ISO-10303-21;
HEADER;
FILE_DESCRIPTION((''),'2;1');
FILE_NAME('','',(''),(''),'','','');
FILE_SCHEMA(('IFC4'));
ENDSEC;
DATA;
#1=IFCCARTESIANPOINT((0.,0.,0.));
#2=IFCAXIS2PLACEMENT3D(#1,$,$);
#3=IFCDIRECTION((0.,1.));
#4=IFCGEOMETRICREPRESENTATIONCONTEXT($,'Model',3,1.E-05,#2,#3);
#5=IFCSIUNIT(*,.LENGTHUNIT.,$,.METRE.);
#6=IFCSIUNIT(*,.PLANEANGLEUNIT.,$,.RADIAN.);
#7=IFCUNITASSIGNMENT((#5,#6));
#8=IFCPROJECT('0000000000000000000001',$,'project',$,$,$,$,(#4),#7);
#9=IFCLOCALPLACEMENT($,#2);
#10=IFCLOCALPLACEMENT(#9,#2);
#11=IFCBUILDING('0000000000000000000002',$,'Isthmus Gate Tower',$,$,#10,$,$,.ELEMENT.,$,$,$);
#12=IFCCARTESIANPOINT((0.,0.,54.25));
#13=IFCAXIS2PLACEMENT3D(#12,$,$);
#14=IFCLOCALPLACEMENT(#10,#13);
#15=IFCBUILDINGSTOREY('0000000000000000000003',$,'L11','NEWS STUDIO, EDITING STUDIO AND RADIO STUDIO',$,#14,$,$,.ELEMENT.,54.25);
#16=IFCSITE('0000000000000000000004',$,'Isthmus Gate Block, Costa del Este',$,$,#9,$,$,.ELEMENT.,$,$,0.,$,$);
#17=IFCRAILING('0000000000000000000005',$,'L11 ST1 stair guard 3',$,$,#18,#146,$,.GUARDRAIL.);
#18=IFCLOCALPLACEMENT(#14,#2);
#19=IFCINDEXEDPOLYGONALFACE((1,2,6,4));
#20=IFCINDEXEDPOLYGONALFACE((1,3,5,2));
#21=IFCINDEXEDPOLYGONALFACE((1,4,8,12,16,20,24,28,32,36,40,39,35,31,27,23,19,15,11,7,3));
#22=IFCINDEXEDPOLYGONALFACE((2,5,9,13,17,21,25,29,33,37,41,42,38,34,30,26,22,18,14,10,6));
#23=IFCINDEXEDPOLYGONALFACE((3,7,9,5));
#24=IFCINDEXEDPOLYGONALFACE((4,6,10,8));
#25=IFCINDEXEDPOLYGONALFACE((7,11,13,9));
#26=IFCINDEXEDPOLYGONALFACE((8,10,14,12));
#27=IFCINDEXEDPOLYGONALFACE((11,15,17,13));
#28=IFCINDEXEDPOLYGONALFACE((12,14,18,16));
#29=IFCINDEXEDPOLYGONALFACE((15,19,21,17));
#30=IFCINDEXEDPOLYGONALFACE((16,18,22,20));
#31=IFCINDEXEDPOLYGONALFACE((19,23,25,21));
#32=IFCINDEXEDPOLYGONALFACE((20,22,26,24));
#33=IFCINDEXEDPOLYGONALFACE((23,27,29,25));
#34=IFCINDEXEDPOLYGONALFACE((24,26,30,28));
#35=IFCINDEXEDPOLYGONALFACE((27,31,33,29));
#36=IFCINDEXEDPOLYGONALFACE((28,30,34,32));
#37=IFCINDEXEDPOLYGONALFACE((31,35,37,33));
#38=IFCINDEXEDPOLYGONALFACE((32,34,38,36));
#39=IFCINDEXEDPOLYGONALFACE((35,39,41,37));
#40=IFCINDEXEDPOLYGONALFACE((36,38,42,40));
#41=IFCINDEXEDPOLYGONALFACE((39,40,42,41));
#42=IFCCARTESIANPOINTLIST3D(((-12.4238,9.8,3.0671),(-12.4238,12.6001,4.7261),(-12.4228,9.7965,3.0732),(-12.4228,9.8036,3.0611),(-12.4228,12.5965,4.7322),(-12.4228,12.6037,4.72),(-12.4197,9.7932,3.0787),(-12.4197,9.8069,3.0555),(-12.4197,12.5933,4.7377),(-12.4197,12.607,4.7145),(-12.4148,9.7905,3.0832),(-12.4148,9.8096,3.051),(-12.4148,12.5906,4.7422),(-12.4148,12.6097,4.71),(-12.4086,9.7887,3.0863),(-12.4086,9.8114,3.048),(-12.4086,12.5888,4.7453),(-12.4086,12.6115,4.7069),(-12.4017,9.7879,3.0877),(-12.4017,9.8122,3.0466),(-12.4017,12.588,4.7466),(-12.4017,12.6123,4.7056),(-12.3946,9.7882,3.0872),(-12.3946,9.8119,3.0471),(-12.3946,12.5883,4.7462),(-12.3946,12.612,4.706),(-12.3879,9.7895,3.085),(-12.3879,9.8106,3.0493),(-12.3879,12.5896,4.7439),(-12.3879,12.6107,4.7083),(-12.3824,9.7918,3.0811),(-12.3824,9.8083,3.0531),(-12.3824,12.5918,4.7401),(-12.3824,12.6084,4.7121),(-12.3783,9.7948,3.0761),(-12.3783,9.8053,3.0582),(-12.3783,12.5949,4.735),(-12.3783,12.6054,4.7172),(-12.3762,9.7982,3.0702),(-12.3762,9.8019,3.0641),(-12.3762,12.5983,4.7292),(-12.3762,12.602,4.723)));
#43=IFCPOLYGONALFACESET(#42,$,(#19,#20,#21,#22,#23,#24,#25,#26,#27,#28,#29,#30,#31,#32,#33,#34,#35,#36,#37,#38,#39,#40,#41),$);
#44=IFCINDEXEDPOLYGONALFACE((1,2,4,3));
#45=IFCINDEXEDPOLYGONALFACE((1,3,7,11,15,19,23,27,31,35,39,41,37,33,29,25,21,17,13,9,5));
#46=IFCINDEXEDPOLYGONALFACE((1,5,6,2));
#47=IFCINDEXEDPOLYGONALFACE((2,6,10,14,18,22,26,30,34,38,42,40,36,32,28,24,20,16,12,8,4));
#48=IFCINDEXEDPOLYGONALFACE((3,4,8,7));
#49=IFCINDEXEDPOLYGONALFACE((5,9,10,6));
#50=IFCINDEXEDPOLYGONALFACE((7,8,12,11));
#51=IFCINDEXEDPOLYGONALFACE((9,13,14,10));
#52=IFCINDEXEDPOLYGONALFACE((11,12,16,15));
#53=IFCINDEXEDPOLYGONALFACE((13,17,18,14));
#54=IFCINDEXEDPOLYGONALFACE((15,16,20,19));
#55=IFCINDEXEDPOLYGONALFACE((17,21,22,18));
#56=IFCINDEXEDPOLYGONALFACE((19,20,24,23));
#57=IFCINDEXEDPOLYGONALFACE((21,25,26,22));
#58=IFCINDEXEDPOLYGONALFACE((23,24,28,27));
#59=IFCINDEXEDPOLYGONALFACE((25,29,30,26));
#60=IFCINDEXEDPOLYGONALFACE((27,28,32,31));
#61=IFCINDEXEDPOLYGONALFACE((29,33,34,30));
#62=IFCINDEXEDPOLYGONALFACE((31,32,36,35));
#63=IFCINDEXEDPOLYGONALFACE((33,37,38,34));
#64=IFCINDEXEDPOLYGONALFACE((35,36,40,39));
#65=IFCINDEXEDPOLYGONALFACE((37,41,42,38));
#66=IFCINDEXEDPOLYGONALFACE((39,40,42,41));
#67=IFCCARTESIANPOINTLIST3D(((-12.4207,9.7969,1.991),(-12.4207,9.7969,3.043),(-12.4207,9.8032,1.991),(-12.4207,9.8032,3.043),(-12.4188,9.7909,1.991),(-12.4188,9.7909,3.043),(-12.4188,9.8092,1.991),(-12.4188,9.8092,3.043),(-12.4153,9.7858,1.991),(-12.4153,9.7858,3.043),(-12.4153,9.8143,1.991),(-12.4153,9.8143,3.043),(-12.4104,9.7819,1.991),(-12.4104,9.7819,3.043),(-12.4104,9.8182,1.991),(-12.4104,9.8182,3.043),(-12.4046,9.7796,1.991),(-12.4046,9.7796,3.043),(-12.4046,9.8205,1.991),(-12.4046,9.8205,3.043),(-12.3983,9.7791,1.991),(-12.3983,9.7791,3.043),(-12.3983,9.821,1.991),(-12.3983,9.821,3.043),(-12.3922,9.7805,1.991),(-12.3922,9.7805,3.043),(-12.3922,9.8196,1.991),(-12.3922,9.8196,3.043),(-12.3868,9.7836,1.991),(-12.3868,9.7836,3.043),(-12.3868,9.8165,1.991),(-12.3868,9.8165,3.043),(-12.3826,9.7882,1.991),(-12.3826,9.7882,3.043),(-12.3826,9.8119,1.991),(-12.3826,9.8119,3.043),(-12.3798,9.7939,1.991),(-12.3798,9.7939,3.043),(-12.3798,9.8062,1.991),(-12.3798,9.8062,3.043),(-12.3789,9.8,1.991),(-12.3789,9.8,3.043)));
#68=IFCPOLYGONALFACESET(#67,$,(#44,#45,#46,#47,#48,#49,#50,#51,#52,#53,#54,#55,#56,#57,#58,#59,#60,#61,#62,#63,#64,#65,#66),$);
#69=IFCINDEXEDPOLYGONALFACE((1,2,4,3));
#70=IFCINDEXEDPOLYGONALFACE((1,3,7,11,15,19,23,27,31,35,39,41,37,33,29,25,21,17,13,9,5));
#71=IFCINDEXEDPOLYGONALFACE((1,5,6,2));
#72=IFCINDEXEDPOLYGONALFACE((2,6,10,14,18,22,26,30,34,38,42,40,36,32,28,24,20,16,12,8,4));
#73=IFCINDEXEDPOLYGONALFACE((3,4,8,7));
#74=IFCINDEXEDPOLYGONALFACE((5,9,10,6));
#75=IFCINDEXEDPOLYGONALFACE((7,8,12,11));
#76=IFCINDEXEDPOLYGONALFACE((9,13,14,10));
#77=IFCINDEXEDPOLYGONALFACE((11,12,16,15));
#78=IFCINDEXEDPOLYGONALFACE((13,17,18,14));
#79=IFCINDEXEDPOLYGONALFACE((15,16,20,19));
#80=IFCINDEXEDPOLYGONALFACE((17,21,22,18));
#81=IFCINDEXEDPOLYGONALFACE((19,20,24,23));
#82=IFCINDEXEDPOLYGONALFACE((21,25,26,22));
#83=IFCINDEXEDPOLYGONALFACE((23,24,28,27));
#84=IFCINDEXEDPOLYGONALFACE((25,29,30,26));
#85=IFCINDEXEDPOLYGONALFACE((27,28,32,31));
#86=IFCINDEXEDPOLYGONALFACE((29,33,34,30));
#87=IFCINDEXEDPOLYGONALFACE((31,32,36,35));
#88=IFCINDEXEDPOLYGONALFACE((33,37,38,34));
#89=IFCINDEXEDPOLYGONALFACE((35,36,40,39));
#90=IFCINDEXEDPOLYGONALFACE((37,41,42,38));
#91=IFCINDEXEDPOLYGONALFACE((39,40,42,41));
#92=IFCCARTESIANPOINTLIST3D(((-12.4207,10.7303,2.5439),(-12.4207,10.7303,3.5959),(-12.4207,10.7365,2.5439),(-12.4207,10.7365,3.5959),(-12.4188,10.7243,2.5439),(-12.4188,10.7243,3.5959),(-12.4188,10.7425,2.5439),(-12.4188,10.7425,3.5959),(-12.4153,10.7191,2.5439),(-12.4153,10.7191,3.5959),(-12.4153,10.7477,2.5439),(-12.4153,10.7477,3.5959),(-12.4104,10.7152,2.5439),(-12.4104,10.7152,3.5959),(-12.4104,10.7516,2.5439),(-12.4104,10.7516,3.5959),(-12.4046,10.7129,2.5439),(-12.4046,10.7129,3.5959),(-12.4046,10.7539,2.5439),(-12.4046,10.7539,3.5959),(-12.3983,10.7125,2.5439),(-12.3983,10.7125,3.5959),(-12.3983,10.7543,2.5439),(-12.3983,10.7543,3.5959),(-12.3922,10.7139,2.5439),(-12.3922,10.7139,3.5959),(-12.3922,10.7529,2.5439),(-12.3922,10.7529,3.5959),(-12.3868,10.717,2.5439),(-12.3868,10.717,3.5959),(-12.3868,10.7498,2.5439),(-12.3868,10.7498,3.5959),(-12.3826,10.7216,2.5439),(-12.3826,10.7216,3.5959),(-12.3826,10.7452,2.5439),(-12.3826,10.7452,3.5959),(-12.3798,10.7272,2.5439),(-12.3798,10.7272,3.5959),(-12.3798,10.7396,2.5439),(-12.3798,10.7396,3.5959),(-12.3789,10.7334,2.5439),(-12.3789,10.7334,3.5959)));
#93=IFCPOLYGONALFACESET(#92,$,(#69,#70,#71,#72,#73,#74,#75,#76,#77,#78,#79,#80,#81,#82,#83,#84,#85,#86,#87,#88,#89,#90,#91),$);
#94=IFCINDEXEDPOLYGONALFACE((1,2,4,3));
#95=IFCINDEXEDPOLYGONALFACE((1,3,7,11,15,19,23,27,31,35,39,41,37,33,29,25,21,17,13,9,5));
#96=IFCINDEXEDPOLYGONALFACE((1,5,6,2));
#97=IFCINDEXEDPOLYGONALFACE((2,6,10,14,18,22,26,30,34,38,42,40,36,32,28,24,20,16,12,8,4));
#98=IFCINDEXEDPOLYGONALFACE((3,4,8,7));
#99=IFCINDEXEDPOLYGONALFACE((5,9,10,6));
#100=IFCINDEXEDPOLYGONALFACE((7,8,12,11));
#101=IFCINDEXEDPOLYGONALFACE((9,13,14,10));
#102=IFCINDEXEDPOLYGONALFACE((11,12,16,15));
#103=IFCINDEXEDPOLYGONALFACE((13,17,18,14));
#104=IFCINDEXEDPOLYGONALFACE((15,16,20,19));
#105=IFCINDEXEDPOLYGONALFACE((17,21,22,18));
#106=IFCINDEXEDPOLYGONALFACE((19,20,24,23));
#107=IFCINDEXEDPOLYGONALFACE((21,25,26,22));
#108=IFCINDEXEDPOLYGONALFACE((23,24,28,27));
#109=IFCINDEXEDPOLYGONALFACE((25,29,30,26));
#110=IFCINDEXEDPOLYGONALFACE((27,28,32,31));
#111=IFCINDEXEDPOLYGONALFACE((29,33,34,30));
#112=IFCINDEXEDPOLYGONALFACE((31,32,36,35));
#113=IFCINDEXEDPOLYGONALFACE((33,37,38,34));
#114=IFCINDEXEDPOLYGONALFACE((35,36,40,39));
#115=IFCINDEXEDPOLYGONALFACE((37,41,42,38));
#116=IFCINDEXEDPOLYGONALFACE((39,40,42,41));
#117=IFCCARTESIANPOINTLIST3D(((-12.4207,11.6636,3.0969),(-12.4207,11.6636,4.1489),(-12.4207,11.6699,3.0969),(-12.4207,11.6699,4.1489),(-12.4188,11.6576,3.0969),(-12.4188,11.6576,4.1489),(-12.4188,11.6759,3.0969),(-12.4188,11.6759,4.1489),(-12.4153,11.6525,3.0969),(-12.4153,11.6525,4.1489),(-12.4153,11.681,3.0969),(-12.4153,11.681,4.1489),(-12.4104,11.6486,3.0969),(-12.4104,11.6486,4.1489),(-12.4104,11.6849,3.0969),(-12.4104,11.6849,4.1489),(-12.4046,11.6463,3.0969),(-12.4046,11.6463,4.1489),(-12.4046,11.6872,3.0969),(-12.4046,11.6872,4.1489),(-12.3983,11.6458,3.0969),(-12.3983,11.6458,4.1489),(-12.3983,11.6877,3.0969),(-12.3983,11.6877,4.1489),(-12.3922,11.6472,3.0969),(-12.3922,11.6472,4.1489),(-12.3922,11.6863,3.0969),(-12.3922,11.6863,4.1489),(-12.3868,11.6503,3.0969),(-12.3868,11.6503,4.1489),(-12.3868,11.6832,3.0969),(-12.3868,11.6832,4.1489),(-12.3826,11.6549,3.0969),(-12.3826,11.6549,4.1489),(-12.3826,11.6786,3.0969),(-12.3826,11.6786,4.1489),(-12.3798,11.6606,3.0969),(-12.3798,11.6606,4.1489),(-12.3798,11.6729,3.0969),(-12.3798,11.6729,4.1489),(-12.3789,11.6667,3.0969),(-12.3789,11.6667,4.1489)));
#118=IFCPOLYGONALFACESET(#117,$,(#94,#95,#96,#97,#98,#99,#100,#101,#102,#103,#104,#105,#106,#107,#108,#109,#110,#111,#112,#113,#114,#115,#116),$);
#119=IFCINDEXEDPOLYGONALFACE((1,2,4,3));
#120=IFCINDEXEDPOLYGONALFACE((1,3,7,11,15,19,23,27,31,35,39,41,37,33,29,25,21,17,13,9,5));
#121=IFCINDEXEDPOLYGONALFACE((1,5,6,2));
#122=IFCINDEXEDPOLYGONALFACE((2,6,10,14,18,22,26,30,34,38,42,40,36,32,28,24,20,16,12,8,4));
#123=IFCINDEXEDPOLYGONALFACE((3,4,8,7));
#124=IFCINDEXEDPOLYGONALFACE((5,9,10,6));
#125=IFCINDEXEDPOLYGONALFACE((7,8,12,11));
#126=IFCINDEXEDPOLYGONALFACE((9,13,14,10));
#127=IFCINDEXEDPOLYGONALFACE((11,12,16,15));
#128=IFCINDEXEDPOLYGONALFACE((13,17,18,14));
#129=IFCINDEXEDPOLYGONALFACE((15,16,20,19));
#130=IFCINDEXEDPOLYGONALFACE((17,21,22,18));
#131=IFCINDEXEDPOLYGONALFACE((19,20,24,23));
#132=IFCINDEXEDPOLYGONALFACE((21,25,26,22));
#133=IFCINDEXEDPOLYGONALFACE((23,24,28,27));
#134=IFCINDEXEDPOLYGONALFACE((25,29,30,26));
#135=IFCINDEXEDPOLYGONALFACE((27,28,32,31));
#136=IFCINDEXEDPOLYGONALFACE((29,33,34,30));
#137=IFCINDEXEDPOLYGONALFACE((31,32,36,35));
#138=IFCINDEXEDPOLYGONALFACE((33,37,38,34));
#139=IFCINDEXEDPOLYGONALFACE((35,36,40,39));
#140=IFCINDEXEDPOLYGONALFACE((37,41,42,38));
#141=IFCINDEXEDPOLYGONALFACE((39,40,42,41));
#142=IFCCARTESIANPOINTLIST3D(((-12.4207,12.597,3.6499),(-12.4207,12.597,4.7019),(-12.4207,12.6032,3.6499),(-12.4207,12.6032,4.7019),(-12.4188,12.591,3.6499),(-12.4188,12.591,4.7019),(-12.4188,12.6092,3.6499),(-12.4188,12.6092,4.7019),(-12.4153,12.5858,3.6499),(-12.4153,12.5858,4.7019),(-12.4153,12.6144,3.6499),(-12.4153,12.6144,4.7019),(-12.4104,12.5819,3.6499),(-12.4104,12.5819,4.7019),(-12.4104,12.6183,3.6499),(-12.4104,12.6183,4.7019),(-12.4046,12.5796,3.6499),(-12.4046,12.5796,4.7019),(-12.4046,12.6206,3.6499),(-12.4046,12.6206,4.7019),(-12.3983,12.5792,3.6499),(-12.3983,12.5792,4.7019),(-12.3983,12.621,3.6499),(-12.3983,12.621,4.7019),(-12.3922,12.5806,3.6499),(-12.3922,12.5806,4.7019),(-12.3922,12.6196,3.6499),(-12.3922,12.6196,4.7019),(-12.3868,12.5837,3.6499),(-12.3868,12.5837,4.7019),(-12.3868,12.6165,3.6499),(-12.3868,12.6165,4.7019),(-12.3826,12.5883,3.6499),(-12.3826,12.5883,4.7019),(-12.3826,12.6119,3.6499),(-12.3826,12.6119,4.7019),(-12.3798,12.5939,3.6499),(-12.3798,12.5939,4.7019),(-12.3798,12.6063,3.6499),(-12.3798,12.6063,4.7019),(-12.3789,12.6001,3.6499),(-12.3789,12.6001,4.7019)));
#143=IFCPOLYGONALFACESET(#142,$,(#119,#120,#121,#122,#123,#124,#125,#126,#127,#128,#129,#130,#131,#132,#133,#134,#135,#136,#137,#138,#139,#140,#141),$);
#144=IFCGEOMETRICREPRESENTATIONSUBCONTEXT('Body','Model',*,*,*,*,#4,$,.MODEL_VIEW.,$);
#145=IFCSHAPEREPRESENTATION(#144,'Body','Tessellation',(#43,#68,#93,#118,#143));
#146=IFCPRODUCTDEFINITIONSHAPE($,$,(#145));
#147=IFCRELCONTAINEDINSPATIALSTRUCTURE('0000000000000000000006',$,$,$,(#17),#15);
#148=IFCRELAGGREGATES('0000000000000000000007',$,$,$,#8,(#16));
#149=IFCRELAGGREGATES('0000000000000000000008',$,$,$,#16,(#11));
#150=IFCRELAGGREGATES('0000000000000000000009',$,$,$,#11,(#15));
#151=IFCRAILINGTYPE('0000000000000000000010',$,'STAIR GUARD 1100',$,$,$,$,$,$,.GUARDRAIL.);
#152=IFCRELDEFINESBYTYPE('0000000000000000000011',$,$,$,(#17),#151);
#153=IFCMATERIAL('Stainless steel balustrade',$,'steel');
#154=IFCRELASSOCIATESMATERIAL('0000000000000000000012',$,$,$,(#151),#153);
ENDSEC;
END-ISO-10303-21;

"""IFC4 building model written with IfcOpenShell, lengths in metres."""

from ifc_helpers import new_model, si_unit, direction, frame, origin, origin_2d, place, context, subcontext, project, spatial, circle, extrude, material, type_object, element, save


model = new_model("IFC4")

# Units and contexts
model_context = context("Model", 3, precision=1e-05, world=origin(), true_north=direction((0.0, 1.0)))
body_context = subcontext(model_context, "Body", "Model", "MODEL_VIEW")
ifc_project = project(units=[si_unit("LENGTHUNIT", "METRE"), si_unit("PLANEANGLEUNIT", "RADIAN")], contexts=[model_context])

# Site, building, storey
site_placement = place(None, origin())
site = spatial("IfcSite", under=ifc_project, at=site_placement, Name="Isthmus Gate Block, Costa del Este", CompositionType="ELEMENT", RefElevation=0.0)
building_placement = place(site_placement, origin())
building = spatial("IfcBuilding", under=site, at=building_placement, Name="Isthmus Gate Tower", CompositionType="ELEMENT")
storey_placement = place(building_placement, frame((0.0, 0.0, 54.25)))
storey = spatial("IfcBuildingStorey", under=building, at=storey_placement, Name="L11", Description="NEWS STUDIO, EDITING STUDIO AND RADIO STUDIO", CompositionType="ELEMENT", Elevation=54.25)

# Railing
ifc_material_1 = material(Name="Stainless steel balustrade", Category="steel")
railing_type_1 = type_object("IfcRailingType", Name="STAIR GUARD 1100", PredefinedType="GUARDRAIL", material=ifc_material_1)
railing_1_placement = place(storey_placement, frame((-12.3999, 9.8, 1.991)))
element("IfcRailing", 1, at=railing_1_placement, inside=storey, type_object=railing_type_1, Name="L11 ST1 stair guard 3", PredefinedType="GUARDRAIL", context=body_context, shape_type="SweptSolid", body=[
    extrude(circle(Radius=0.0239, at=origin_2d()), frame((0.0, 0.0, 1.0762), z_axis=(0.0, 0.860339, 0.509722), x_axis=(-1.0, 0.0, 0.0)), (0.0, 0.0, 1.0), 3.2546),
    extrude(circle(Radius=0.021, at=origin_2d()), origin(), (0.0, 0.0, 1.0), 1.052),
    extrude(circle(Radius=0.021, at=origin_2d()), frame((0.0, 0.9333, 0.553)), (0.0, 0.0, 1.0), 1.052),
    extrude(circle(Radius=0.021, at=origin_2d()), frame((0.0, 1.8667, 1.106)), (0.0, 0.0, 1.0), 1.052),
    extrude(circle(Radius=0.021, at=origin_2d()), frame((0.0, 2.8, 1.6589)), (0.0, 0.0, 1.0), 1.052),
])

save(model, "model.ifc")
